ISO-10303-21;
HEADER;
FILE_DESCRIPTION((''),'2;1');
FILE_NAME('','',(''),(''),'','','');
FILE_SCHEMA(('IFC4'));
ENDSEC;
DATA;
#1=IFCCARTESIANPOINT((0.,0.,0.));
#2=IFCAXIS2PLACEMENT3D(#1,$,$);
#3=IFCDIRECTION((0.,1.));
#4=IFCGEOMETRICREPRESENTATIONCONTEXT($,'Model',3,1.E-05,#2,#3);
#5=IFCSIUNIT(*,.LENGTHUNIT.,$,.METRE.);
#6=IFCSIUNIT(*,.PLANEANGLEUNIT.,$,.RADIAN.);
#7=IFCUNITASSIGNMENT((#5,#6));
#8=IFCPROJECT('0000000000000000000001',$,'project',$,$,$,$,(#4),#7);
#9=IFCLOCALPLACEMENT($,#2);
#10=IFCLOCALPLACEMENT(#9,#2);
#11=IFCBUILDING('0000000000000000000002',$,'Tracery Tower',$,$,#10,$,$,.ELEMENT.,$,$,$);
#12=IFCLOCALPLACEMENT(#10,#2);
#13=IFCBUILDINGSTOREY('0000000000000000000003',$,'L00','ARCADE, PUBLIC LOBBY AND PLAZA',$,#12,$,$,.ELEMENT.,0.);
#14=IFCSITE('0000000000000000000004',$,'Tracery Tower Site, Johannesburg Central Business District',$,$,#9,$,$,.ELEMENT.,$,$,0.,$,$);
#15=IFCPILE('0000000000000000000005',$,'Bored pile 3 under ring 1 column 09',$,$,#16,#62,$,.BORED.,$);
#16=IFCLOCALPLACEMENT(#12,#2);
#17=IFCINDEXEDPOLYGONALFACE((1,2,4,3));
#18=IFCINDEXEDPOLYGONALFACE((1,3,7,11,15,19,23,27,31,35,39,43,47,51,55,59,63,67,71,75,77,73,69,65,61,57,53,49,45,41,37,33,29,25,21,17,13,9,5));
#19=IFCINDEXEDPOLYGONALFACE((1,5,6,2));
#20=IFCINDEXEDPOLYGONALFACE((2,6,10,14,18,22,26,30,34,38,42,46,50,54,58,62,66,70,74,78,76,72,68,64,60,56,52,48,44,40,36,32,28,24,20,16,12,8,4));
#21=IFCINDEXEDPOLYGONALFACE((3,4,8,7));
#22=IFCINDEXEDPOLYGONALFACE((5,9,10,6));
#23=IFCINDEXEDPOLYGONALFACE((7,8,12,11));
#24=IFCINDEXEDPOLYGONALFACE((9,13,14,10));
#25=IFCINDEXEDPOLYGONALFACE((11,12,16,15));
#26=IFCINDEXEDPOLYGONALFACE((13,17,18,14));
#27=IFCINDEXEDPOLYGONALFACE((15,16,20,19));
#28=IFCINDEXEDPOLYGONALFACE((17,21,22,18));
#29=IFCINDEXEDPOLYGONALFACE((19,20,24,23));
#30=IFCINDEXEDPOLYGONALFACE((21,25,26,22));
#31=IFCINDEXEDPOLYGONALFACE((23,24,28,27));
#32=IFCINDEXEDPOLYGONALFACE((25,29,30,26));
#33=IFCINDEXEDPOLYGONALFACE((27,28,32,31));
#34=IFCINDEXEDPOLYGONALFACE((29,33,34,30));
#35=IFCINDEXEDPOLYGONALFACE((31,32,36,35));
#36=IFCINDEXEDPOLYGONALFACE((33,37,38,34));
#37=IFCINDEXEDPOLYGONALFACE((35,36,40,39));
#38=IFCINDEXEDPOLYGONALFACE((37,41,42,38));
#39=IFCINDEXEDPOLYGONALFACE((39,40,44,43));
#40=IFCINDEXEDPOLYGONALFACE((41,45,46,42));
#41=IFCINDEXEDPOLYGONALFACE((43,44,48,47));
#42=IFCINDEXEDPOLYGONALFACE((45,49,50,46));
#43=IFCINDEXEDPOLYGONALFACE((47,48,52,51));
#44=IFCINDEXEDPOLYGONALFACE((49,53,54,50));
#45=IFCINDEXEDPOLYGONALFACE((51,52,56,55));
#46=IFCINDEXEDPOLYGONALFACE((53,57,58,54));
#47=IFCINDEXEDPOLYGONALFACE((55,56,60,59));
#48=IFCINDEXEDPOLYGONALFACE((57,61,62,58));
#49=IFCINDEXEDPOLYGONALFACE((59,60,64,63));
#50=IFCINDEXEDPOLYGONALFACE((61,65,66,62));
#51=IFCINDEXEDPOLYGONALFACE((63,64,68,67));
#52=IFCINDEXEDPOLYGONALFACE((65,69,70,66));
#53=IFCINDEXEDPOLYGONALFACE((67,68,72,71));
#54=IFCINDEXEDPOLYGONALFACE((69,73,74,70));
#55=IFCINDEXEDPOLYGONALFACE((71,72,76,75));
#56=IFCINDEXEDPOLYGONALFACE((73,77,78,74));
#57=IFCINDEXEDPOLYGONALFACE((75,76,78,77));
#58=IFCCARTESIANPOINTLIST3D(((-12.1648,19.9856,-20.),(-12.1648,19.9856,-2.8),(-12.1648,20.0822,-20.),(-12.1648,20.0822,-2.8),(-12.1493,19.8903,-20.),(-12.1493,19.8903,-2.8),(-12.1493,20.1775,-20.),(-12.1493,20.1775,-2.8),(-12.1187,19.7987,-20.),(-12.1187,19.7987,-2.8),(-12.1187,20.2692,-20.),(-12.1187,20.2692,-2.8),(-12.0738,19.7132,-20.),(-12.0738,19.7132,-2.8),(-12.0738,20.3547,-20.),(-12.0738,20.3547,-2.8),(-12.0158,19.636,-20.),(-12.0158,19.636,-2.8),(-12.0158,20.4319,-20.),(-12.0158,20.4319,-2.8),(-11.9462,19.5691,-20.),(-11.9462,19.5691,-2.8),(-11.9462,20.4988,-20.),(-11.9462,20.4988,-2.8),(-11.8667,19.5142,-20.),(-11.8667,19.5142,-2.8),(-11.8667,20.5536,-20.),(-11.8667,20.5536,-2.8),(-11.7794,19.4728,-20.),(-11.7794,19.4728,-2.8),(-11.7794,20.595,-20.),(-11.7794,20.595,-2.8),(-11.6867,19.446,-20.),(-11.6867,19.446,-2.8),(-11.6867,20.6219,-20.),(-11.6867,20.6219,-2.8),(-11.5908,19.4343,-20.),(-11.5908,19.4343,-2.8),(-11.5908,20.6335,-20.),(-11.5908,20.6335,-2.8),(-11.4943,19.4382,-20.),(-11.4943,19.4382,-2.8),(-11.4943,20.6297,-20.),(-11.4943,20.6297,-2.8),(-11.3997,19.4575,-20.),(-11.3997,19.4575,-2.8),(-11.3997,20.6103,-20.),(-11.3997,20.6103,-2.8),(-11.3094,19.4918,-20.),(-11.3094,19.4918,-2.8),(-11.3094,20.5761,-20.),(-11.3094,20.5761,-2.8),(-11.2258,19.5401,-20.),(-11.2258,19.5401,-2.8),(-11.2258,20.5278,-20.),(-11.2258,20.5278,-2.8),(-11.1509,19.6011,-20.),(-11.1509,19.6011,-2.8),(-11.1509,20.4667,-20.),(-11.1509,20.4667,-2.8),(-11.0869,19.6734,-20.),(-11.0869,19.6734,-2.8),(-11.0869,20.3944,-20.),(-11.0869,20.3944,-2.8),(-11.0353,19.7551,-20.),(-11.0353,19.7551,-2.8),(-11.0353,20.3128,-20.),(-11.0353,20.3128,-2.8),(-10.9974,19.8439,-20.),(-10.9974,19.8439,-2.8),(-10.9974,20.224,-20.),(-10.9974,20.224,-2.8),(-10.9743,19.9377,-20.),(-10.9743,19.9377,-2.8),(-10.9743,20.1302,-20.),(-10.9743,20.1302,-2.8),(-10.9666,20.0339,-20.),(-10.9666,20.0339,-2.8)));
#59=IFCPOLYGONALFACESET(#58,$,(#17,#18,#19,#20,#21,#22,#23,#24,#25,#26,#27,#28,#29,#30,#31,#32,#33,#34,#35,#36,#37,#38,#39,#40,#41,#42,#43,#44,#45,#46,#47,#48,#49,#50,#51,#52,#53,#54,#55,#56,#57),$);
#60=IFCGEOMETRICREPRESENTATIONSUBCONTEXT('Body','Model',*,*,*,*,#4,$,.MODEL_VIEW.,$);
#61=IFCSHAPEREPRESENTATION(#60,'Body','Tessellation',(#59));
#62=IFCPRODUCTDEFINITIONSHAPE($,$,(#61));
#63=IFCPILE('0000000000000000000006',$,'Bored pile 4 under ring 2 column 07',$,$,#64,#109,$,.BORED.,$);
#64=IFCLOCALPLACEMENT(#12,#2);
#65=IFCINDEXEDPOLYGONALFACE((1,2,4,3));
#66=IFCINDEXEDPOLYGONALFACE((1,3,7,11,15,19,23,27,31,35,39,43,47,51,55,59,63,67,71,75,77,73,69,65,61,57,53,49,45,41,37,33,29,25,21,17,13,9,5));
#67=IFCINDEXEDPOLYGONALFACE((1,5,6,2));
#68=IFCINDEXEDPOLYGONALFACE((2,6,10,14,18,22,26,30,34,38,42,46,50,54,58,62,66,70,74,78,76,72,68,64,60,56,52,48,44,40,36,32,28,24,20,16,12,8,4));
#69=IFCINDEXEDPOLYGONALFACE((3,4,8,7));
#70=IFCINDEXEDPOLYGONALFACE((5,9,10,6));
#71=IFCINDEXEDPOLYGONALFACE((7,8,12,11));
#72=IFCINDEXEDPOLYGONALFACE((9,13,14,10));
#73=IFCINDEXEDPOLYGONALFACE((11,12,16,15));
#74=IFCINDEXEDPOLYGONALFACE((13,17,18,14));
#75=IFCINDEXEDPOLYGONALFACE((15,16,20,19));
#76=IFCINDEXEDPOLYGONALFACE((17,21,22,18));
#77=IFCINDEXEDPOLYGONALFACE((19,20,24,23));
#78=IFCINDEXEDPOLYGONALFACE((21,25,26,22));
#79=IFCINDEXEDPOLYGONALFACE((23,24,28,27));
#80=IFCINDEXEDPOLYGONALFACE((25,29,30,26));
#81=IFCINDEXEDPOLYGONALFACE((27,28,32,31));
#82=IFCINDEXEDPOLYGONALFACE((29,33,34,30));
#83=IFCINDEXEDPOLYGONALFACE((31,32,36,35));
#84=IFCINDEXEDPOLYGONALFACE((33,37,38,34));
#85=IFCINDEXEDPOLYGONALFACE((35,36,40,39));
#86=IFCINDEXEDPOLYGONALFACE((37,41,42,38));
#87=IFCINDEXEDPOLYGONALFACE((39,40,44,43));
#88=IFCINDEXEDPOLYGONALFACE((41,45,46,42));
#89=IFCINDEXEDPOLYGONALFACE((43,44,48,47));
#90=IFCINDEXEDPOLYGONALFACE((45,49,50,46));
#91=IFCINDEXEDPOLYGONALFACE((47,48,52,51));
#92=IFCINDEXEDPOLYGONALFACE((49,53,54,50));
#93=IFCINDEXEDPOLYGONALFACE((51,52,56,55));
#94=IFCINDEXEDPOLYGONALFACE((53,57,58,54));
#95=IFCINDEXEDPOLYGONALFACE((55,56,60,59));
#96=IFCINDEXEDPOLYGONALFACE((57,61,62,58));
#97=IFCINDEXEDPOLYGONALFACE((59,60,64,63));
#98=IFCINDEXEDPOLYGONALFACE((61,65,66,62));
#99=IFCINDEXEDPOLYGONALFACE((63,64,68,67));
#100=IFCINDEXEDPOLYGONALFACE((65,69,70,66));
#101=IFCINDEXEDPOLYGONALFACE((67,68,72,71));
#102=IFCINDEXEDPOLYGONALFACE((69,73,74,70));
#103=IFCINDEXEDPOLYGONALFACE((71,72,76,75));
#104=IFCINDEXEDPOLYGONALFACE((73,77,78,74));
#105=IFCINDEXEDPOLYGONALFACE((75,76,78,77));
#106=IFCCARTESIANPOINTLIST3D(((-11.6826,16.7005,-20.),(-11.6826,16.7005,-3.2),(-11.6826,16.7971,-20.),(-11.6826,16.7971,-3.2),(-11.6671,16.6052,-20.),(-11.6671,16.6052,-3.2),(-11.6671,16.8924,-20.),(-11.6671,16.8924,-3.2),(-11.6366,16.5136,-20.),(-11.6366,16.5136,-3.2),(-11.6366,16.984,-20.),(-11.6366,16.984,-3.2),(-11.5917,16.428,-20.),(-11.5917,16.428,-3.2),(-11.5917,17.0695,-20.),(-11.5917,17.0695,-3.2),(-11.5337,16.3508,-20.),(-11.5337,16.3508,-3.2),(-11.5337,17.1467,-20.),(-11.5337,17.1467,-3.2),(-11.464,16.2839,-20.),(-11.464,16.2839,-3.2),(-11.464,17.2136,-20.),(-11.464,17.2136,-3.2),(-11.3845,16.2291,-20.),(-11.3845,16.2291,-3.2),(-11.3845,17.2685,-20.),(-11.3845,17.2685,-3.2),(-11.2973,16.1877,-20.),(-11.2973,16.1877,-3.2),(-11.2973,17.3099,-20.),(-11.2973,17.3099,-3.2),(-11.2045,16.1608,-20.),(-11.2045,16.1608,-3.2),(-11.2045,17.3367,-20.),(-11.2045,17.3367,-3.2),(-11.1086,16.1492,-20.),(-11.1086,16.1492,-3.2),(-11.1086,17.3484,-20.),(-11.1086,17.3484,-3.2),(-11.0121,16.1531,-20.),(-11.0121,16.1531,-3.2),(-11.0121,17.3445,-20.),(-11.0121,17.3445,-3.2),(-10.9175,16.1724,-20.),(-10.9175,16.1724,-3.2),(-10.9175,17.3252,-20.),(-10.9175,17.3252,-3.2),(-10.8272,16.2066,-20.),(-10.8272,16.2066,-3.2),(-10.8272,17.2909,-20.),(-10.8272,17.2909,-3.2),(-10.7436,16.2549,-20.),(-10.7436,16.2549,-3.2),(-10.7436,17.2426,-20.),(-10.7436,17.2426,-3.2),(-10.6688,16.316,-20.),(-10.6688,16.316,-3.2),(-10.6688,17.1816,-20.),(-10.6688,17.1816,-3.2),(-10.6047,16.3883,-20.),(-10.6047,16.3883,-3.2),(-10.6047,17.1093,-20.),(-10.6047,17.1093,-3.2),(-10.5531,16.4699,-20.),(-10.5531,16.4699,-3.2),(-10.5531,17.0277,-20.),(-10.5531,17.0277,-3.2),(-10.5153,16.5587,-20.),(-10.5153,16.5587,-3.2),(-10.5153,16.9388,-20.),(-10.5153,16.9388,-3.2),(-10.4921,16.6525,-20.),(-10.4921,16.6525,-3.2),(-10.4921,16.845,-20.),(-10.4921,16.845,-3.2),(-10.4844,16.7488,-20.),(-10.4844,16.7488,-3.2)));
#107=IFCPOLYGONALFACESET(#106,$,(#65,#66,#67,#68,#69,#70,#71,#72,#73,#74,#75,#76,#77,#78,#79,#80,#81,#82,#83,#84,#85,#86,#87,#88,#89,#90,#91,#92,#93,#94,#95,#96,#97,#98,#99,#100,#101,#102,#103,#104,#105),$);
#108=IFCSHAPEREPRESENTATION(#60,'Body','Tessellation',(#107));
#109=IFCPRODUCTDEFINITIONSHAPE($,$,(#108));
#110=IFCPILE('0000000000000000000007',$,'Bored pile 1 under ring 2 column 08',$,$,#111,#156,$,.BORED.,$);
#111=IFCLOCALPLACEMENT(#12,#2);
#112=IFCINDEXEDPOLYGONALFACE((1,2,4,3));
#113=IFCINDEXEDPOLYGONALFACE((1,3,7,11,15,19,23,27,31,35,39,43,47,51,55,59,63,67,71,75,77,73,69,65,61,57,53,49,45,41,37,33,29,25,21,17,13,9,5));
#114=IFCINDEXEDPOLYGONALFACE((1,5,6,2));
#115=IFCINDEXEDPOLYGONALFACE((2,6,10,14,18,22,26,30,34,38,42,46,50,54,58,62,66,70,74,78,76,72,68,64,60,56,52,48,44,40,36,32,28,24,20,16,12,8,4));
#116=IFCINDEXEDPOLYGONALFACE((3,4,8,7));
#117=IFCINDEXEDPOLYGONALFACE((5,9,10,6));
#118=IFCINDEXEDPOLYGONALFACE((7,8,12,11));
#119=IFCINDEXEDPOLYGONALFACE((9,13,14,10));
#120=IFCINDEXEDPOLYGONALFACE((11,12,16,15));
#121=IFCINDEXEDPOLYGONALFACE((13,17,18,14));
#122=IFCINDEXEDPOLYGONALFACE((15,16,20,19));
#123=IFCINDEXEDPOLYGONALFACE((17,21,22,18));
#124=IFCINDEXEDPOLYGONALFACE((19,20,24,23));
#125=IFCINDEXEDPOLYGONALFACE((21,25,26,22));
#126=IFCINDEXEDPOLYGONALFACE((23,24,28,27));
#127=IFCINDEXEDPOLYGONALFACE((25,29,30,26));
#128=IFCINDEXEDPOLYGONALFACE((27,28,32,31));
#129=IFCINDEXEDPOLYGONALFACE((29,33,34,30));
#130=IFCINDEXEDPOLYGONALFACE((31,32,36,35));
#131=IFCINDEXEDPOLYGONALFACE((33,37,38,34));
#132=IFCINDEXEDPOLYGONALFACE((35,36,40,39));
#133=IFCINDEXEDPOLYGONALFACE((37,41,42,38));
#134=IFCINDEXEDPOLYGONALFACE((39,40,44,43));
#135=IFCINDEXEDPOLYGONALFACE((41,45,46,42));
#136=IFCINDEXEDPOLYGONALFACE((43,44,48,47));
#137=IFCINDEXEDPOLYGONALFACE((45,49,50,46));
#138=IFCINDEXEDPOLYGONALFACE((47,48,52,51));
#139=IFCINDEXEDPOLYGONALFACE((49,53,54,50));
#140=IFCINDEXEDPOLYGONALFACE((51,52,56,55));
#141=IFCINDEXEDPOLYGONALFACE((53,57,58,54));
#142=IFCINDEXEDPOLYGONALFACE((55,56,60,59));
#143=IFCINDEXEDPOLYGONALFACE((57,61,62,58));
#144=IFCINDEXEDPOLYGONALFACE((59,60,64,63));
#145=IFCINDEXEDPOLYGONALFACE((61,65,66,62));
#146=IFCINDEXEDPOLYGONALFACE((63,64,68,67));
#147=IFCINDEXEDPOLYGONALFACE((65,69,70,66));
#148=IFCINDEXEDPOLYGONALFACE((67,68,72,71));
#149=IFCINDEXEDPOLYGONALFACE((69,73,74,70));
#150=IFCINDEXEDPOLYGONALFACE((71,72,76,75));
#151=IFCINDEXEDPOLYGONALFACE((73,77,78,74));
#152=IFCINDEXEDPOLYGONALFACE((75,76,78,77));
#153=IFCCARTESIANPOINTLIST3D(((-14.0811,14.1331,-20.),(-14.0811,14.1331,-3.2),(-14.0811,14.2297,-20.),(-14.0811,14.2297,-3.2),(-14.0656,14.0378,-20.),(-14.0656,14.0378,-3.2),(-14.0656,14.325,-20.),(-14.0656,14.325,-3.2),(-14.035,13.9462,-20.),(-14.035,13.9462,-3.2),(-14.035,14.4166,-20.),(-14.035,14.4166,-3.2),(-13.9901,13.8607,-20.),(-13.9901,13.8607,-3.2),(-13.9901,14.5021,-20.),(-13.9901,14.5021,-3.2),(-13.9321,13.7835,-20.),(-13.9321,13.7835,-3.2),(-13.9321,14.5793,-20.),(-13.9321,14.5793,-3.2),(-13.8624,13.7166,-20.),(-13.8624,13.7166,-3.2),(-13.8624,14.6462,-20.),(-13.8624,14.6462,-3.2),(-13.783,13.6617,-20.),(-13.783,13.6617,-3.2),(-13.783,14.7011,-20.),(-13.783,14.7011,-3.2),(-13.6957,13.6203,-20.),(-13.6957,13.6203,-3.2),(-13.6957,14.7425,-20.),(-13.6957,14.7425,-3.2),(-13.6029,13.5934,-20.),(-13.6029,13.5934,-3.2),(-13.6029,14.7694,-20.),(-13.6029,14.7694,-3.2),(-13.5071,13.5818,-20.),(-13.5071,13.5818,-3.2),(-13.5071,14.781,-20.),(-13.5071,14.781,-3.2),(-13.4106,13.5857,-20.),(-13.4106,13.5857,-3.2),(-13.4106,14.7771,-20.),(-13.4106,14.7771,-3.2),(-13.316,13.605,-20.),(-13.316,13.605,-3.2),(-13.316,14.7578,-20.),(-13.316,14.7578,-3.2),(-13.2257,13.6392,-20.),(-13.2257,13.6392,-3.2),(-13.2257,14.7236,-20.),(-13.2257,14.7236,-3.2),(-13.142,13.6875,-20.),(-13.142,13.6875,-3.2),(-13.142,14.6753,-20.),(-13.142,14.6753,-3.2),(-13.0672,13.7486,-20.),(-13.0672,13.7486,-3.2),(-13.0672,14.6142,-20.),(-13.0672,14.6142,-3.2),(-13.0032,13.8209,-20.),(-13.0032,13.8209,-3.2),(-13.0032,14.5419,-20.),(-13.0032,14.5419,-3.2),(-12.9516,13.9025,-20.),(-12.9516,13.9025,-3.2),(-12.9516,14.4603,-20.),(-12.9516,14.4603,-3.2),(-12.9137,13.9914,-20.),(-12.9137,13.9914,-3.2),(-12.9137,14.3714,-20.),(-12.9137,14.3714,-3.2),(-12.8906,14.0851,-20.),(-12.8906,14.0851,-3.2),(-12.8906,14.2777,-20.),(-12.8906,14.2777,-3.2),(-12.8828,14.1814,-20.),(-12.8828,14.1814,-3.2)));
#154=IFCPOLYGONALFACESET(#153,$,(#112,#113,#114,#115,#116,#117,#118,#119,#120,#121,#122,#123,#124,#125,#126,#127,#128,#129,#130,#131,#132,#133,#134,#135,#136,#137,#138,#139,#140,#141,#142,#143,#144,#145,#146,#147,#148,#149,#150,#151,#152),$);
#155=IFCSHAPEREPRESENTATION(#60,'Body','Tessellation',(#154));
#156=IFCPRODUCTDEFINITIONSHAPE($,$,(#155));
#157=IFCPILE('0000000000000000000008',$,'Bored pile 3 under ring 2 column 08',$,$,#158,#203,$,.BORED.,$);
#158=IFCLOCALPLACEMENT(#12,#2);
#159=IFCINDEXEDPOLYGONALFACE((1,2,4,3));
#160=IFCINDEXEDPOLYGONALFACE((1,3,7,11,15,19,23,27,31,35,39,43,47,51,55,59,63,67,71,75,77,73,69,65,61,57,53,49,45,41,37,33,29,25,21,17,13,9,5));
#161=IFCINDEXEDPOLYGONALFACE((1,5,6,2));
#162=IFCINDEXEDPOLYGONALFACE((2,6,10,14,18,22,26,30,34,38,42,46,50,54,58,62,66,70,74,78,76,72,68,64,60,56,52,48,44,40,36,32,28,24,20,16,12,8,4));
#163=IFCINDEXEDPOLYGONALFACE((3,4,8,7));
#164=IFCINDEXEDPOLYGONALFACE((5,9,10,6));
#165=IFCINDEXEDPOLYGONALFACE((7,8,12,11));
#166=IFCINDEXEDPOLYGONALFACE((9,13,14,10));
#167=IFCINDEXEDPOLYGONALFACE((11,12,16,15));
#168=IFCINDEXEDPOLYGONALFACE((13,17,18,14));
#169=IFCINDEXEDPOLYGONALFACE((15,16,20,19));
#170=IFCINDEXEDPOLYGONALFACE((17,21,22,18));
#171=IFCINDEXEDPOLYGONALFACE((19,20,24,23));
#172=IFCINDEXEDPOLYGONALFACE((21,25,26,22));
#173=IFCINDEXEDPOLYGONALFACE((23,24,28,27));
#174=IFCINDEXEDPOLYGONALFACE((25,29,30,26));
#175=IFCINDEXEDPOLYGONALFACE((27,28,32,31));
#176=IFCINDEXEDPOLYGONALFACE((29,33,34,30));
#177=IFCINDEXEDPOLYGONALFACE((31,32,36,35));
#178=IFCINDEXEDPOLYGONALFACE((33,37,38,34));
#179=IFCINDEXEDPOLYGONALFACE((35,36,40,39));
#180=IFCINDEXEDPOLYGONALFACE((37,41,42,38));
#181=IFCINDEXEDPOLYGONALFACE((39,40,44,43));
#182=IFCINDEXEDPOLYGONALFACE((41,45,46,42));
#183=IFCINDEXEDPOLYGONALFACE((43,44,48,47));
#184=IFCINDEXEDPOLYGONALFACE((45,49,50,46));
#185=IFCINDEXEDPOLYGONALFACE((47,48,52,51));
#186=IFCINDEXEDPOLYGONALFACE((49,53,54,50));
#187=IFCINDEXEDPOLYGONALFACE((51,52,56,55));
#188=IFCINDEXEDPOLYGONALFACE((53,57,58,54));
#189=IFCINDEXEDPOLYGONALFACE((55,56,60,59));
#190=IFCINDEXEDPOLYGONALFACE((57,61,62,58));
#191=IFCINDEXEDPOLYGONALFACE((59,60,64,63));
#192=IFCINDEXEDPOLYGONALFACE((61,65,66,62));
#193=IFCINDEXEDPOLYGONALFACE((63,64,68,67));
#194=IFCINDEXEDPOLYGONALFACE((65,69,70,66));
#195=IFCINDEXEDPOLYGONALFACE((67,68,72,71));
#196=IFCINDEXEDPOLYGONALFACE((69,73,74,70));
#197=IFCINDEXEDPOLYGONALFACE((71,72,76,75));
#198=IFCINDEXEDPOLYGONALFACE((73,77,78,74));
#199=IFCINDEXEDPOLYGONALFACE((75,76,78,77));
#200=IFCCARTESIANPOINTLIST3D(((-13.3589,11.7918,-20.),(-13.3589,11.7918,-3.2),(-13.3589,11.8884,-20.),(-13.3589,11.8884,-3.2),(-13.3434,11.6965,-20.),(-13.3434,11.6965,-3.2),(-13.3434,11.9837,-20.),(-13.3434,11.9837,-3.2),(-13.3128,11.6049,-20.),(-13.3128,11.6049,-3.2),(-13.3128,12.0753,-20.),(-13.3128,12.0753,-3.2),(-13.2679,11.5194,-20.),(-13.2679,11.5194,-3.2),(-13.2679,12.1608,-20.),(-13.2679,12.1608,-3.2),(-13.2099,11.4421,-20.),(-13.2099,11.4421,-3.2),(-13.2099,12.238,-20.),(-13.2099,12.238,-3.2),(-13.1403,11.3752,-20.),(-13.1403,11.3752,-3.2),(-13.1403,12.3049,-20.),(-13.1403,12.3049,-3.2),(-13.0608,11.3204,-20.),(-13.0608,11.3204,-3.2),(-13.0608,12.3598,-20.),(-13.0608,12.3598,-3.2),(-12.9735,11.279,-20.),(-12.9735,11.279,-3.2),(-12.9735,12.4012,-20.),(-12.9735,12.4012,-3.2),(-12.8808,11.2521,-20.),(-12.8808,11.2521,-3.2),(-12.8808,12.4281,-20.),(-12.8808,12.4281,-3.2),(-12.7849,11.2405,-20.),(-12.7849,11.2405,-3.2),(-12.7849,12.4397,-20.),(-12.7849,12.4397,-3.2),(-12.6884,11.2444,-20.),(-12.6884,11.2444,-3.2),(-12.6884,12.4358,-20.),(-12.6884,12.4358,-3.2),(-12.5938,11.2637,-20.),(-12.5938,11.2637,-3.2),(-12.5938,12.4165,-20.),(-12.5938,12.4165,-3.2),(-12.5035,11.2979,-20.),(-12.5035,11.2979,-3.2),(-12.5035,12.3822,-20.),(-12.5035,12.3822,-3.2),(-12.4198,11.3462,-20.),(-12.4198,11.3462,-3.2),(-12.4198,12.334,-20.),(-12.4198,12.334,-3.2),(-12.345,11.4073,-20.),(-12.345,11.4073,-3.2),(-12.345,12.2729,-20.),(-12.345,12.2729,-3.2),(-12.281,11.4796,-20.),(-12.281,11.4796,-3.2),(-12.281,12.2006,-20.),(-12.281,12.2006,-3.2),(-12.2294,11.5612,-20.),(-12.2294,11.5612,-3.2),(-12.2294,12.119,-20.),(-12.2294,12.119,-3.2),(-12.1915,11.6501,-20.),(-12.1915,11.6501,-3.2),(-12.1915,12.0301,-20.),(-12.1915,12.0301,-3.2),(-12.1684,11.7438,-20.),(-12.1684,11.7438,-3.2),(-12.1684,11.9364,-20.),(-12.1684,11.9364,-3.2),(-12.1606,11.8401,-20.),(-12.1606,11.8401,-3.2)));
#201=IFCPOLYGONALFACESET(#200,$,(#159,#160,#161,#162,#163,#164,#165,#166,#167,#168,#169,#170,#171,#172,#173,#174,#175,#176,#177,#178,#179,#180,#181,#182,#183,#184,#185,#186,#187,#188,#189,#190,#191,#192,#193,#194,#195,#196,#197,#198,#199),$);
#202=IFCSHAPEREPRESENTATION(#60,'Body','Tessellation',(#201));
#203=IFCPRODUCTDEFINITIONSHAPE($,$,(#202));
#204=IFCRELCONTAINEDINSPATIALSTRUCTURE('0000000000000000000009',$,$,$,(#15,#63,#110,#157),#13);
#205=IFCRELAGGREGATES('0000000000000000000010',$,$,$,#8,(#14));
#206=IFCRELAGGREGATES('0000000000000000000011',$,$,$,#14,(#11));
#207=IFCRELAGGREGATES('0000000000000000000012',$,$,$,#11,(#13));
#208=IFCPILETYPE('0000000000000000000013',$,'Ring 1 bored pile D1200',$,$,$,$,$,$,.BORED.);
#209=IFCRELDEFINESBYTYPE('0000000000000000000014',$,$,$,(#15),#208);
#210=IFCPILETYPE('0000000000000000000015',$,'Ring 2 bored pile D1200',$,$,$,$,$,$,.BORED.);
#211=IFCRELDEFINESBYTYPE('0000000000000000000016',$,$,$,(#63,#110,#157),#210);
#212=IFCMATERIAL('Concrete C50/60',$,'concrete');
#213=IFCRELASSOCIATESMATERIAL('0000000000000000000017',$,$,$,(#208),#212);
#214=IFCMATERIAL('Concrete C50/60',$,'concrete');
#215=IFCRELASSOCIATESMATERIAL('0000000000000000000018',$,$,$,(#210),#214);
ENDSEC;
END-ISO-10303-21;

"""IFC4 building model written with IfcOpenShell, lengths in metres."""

from ifc_helpers import new_model, si_unit, direction, frame, origin, origin_2d, place, context, subcontext, project, spatial, circle, extrude, material, material_profile, profile_set, type_object, element, save


model = new_model("IFC4")

# Units and contexts
model_context = context("Model", 3, precision=1e-05, world=origin(), true_north=direction((0.0, 1.0)))
body_context = subcontext(model_context, "Body", "Model", "MODEL_VIEW")
ifc_project = project(units=[si_unit("LENGTHUNIT", "METRE"), si_unit("PLANEANGLEUNIT", "RADIAN")], contexts=[model_context])

# Site, building, storey
site_placement = place(None, origin())
site = spatial("IfcSite", under=ifc_project, at=site_placement, Name="Tracery Tower Site, Johannesburg Central Business District", CompositionType="ELEMENT", RefElevation=0.0)
building_placement = place(site_placement, origin())
building = spatial("IfcBuilding", under=site, at=building_placement, Name="Tracery Tower", CompositionType="ELEMENT")
storey_placement = place(building_placement, origin())
storey = spatial("IfcBuildingStorey", under=building, at=storey_placement, Name="L00", Description="ARCADE, PUBLIC LOBBY AND PLAZA", CompositionType="ELEMENT", Elevation=0.0)

# Piles
ifc_material_1 = material(Name="Concrete C50/60", Category="concrete")
ifc_material_profile_1 = material_profile(ifc_material_1, circle(Radius=0.6001, at=origin_2d()), Name="RC D1200")
ifc_profile_set_1 = profile_set([ifc_material_profile_1], Name="Concrete C50/60")
pile_type_1 = type_object("IfcPileType", Name="Ring 1 bored pile D1200", PredefinedType="BORED", material=ifc_profile_set_1)
for number, where, z_axis, x_axis, name in (
    (1, (-11.5667, 20.0339, -2.8), (0.0, 0.0, -1.0), (1.0, 0.0, 0.0), "Bored pile 3 under ring 1 column 09"),
):
    element("IfcPile", number, at=place(storey_placement, frame(where, z_axis=z_axis, x_axis=x_axis)), inside=storey, type_object=pile_type_1, Name=name, PredefinedType="BORED", context=body_context, shape_type="SweptSolid", body=[
        extrude(circle(Radius=0.6001, at=origin_2d()), origin(), (0.0, 0.0, 1.0), 17.2),
    ])
ifc_material_2 = material(Name="Concrete C50/60", Category="concrete")
ifc_material_profile_2 = material_profile(ifc_material_2, circle(Radius=0.6001, at=origin_2d()), Name="RC D1200")
ifc_profile_set_2 = profile_set([ifc_material_profile_2], Name="Concrete C50/60")
pile_type_2 = type_object("IfcPileType", Name="Ring 2 bored pile D1200", PredefinedType="BORED", material=ifc_profile_set_2)
for number, where, z_axis, x_axis, name in (
    (2, (-11.0845, 16.7488, -3.2), (0.0, 0.0, -1.0), (1.0, 0.0, 0.0), "Bored pile 4 under ring 2 column 07"),
    (3, (-13.4829, 14.1814, -3.2), (0.0, 0.0, -1.0), (1.0, 0.0, 0.0), "Bored pile 1 under ring 2 column 08"),
    (4, (-12.7607, 11.8401, -3.2), (0.0, 0.0, -1.0), (1.0, 0.0, 0.0), "Bored pile 3 under ring 2 column 08"),
):
    element("IfcPile", number, at=place(storey_placement, frame(where, z_axis=z_axis, x_axis=x_axis)), inside=storey, type_object=pile_type_2, Name=name, PredefinedType="BORED", context=body_context, shape_type="SweptSolid", body=[
        extrude(circle(Radius=0.6001, at=origin_2d()), origin(), (0.0, 0.0, 1.0), 16.8),
    ])

save(model, "model.ifc")
